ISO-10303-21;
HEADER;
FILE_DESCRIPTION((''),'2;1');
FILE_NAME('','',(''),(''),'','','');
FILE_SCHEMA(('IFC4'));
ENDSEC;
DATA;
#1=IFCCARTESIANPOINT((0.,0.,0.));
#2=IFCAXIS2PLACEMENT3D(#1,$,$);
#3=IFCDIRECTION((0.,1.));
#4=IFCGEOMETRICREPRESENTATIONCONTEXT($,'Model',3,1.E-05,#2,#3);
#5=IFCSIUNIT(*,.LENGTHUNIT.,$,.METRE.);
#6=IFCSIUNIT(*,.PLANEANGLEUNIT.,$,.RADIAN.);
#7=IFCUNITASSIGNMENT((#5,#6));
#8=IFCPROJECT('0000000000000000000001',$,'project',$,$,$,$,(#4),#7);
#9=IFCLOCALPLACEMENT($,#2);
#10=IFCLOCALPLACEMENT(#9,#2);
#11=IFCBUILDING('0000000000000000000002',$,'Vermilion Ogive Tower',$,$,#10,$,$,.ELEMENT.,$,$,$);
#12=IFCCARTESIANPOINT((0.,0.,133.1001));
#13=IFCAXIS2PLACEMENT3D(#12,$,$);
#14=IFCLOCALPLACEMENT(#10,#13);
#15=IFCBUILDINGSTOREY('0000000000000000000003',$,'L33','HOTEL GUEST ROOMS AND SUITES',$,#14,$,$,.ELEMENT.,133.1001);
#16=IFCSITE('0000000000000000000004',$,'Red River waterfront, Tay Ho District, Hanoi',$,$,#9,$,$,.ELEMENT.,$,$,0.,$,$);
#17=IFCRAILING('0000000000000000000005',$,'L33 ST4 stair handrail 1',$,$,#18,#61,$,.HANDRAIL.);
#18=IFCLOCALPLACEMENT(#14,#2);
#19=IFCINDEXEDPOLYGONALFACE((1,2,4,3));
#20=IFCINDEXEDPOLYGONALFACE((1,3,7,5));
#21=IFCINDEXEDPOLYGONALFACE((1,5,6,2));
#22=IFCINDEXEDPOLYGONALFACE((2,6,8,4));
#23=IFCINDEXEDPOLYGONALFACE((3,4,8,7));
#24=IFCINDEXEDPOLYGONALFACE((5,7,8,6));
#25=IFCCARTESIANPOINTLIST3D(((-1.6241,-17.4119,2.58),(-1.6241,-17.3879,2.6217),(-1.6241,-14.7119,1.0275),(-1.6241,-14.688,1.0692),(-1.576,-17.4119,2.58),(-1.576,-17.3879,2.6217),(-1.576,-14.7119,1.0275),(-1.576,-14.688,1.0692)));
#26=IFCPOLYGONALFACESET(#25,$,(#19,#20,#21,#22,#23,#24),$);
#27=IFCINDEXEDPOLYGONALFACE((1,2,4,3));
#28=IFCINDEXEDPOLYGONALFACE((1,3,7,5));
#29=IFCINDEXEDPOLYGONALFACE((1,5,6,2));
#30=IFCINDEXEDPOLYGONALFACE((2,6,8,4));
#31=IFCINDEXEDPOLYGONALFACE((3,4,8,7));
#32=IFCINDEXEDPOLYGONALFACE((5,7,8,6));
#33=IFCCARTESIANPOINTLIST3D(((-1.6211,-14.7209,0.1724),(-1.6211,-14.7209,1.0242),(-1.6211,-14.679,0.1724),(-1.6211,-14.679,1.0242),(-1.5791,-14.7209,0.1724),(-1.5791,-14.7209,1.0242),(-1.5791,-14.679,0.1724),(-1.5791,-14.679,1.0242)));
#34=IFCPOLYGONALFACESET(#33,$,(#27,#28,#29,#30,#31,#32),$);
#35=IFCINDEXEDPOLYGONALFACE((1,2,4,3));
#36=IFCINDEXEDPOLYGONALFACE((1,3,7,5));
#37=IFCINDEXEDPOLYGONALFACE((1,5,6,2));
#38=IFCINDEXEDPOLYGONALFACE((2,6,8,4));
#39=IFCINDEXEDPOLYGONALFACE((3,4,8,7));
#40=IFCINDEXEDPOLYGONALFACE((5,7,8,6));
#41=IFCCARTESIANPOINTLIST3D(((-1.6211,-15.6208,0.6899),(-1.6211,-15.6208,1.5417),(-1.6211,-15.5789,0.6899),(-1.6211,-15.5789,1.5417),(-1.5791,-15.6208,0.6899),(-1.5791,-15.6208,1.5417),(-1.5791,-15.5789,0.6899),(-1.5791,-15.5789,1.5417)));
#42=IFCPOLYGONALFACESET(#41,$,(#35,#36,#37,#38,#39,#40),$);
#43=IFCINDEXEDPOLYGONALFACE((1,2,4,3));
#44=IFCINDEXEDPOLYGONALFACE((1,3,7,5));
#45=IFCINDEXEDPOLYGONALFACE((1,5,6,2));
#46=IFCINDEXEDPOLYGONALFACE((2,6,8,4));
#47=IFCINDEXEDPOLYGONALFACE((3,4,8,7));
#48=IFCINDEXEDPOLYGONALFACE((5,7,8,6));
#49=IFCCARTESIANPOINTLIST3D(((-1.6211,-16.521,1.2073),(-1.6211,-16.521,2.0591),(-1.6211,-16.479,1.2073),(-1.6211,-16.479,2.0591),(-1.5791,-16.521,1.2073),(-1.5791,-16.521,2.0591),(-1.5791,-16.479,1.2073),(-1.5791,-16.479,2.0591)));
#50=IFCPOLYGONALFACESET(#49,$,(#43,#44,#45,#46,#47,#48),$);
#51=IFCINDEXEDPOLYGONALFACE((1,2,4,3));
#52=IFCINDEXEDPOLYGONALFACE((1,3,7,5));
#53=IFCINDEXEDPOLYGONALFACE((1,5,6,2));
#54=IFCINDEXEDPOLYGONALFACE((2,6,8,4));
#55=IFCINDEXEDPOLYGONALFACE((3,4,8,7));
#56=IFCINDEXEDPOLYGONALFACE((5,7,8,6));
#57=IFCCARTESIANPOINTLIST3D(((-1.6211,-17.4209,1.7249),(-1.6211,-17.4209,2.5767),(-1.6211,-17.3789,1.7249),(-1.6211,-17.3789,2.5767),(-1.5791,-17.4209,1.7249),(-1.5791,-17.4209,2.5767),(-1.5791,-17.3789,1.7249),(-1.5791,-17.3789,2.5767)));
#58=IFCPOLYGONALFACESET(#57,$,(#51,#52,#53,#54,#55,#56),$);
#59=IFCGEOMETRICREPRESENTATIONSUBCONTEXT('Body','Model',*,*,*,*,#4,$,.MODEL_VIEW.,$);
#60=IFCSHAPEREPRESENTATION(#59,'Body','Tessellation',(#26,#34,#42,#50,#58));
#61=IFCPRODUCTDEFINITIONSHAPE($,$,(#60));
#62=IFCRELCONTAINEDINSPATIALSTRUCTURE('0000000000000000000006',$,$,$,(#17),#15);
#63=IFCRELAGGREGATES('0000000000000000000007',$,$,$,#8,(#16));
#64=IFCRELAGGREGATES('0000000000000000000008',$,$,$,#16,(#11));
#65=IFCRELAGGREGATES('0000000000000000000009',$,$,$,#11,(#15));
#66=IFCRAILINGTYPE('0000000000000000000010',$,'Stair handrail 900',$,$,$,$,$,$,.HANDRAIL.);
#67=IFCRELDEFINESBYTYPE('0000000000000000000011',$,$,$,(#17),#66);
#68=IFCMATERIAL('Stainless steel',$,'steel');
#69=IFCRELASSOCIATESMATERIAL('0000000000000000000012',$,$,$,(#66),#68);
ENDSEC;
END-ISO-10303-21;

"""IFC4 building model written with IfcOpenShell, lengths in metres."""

from ifc_helpers import new_model, si_unit, direction, frame, origin, origin_2d, place, context, subcontext, project, spatial, rectangle, extrude, material, type_object, element, save


model = new_model("IFC4")

# Units and contexts
model_context = context("Model", 3, precision=1e-05, world=origin(), true_north=direction((0.0, 1.0)))
body_context = subcontext(model_context, "Body", "Model", "MODEL_VIEW")
ifc_project = project(units=[si_unit("LENGTHUNIT", "METRE"), si_unit("PLANEANGLEUNIT", "RADIAN")], contexts=[model_context])

# Site, building, storey
site_placement = place(None, origin())
site = spatial("IfcSite", under=ifc_project, at=site_placement, Name="Red River waterfront, Tay Ho District, Hanoi", CompositionType="ELEMENT", RefElevation=0.0)
building_placement = place(site_placement, origin())
building = spatial("IfcBuilding", under=site, at=building_placement, Name="Vermilion Ogive Tower", CompositionType="ELEMENT")
storey_placement = place(building_placement, frame((0.0, 0.0, 133.1001)))
storey = spatial("IfcBuildingStorey", under=building, at=storey_placement, Name="L33", Description="HOTEL GUEST ROOMS AND SUITES", CompositionType="ELEMENT", Elevation=133.1001)

# Railing
ifc_material_1 = material(Name="Stainless steel", Category="steel")
railing_type_1 = type_object("IfcRailingType", Name="Stair handrail 900", PredefinedType="HANDRAIL", material=ifc_material_1)
railing_1_placement = place(storey_placement, frame((-1.6001, -14.7, 0.1724)))
element("IfcRailing", 1, at=railing_1_placement, inside=storey, type_object=railing_type_1, Name="L33 ST4 stair handrail 1", PredefinedType="HANDRAIL", context=body_context, shape_type="SweptSolid", body=[
    extrude(rectangle(XDim=0.0481, YDim=0.0481, at=origin_2d()), frame((0.0, 0.0, 0.876), z_axis=(0.0, -0.866904, 0.498476), x_axis=(1.0, 0.0, 0.0)), (0.0, 0.0, 1.0), 3.1145),
    extrude(rectangle(XDim=0.042, YDim=0.042, at=origin_2d()), origin(), (0.0, 0.0, 1.0), 0.8518),
    extrude(rectangle(XDim=0.042, YDim=0.042, at=origin_2d()), frame((0.0, -0.8999, 0.5176)), (0.0, 0.0, 1.0), 0.8518),
    extrude(rectangle(XDim=0.042, YDim=0.042, at=origin_2d()), frame((0.0, -1.8, 1.0349)), (0.0, 0.0, 1.0), 0.8518),
    extrude(rectangle(XDim=0.042, YDim=0.042, at=origin_2d()), frame((0.0, -2.7, 1.5525)), (0.0, 0.0, 1.0), 0.8518),
])

save(model, "model.ifc")
